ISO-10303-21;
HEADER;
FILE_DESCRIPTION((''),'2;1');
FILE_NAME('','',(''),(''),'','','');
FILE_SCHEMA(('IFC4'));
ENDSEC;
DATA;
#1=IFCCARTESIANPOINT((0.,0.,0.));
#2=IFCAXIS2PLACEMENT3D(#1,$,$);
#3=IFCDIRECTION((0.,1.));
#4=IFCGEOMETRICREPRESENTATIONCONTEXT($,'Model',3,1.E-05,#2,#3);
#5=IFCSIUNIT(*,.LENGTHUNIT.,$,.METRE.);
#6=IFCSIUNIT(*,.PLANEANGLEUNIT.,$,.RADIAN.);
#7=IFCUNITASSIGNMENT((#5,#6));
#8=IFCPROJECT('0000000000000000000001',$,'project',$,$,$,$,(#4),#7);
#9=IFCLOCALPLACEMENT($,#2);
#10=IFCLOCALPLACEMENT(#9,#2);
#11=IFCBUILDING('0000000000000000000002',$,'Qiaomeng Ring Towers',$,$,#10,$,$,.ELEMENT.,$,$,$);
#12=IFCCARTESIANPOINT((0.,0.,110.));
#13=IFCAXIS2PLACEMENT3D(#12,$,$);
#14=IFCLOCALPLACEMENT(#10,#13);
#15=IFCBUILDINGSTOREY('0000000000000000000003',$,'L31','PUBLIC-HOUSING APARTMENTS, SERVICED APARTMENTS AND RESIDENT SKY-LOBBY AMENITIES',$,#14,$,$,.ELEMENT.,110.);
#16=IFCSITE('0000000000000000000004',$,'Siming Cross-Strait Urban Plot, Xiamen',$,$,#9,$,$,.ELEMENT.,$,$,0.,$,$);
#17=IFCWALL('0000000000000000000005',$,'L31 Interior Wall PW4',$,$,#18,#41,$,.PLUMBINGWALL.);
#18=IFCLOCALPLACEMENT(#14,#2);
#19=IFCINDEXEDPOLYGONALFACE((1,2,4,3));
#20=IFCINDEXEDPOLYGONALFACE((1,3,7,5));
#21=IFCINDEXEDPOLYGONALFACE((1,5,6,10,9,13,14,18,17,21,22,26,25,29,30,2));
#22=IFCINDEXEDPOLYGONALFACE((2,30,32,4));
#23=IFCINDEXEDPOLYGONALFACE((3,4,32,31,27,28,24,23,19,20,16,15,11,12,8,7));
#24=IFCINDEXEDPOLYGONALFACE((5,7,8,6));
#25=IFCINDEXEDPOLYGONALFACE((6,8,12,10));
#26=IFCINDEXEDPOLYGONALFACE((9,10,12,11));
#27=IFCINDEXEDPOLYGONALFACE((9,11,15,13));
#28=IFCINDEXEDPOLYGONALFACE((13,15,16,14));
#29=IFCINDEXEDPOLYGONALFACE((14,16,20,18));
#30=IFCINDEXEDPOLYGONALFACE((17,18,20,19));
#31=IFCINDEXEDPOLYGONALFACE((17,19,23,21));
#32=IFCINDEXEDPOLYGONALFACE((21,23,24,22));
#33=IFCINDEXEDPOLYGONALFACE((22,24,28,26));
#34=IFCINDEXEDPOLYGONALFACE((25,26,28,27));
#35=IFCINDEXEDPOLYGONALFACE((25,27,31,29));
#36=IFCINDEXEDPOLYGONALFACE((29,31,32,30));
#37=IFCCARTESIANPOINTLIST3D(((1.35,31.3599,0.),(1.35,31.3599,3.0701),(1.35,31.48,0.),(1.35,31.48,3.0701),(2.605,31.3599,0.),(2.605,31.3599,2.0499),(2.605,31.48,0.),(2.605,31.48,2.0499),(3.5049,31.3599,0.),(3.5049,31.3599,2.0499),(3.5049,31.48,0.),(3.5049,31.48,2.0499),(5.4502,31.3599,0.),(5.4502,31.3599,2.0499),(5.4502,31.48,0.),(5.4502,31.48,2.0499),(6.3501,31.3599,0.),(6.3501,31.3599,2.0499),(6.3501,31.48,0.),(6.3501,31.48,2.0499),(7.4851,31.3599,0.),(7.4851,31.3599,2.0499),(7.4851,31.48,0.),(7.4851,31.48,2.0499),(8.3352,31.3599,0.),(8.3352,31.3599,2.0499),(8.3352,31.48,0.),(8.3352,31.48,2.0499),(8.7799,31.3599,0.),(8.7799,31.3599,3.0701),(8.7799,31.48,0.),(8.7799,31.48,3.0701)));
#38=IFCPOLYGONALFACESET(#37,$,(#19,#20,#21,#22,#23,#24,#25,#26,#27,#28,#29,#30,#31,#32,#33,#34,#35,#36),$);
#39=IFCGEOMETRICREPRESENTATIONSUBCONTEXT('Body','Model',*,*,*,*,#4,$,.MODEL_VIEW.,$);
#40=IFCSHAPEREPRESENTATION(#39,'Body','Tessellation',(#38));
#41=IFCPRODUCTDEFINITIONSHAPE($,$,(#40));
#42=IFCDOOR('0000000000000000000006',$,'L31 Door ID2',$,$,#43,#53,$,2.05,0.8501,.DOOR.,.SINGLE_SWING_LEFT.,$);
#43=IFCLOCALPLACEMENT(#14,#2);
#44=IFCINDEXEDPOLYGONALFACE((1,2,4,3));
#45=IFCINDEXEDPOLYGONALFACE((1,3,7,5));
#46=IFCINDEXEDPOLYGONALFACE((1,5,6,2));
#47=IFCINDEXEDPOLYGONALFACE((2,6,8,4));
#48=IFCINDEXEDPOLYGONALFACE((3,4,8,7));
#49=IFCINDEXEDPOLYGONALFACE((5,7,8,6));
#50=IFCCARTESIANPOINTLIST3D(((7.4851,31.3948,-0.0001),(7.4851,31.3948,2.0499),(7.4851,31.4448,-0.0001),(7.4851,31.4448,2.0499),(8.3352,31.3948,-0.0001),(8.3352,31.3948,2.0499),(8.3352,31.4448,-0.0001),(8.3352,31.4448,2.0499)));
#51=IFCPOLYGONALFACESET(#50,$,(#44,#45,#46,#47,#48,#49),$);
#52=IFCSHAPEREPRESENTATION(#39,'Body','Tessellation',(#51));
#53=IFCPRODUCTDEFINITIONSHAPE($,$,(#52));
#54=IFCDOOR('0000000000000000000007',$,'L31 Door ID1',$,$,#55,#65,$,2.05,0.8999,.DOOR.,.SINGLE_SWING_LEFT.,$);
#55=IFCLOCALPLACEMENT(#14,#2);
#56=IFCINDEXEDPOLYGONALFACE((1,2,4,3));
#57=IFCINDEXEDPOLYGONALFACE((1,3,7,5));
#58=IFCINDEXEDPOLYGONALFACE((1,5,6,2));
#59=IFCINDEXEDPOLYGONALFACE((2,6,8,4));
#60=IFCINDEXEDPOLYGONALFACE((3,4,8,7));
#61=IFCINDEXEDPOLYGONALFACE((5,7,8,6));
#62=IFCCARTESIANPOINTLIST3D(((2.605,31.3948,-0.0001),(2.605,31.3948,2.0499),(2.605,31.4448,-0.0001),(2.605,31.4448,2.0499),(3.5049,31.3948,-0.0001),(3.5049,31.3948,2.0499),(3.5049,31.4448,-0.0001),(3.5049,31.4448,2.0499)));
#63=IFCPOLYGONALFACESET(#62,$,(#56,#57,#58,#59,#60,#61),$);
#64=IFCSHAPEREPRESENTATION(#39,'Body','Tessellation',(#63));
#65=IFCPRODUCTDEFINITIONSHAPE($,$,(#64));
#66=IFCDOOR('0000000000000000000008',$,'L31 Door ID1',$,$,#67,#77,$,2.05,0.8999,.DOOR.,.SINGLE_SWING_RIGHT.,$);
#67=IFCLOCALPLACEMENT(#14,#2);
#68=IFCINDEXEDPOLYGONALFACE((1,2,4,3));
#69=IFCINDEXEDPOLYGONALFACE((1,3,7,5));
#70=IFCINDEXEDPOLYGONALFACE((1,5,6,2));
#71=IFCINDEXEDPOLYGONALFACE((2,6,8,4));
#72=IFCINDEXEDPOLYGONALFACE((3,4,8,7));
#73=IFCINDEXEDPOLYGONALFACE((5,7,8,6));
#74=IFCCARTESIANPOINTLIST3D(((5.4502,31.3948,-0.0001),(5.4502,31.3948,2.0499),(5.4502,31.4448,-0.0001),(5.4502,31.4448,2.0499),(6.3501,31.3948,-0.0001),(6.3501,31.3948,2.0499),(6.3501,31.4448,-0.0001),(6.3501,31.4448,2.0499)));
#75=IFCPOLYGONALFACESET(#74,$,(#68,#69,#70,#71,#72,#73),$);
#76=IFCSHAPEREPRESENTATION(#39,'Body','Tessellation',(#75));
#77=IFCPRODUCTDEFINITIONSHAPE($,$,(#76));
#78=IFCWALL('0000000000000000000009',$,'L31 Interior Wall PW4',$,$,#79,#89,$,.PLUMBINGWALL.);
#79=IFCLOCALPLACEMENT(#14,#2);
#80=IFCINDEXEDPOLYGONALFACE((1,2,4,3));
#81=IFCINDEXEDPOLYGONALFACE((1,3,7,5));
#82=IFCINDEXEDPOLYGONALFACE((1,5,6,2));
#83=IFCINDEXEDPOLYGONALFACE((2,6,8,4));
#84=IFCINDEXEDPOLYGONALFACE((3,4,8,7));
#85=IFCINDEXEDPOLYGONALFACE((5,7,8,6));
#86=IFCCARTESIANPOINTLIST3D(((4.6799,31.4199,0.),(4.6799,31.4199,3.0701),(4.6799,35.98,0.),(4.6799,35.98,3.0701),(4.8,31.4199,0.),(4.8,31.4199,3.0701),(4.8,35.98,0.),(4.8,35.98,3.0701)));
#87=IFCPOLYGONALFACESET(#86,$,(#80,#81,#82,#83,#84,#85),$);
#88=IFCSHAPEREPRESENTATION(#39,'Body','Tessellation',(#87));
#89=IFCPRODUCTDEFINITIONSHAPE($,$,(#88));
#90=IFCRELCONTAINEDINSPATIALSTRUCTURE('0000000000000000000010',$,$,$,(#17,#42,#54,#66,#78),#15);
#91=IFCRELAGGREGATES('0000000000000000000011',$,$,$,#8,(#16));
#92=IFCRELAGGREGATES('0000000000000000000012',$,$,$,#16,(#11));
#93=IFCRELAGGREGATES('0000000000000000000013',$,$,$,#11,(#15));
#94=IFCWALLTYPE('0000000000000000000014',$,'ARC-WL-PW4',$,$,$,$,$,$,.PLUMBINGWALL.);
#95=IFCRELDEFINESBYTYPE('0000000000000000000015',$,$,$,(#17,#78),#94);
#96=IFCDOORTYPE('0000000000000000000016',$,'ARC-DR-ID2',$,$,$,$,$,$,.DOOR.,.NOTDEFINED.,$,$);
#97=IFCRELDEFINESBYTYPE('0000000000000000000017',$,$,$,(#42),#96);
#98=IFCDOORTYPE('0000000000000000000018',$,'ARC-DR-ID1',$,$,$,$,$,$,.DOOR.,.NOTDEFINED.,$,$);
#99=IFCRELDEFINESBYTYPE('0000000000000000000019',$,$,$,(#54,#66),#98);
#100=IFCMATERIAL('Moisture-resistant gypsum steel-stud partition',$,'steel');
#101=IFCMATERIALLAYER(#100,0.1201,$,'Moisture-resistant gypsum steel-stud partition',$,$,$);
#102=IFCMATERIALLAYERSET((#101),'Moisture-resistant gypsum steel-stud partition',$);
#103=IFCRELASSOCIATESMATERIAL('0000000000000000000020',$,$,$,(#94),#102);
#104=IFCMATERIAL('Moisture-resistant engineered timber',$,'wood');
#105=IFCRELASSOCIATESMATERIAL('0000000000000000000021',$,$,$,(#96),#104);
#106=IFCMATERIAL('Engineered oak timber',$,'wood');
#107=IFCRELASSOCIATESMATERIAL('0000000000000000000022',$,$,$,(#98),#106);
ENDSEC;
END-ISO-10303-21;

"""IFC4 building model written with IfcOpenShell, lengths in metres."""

from ifc_helpers import new_model, si_unit, direction, frame, frame_2d, origin, place, context, subcontext, project, spatial, rectangle, extrude, source, transform, mapped, material, layer, layer_set, type_object, element, fill, save


model = new_model("IFC4")

# Units and contexts
model_context = context("Model", 3, precision=1e-05, world=origin(), true_north=direction((0.0, 1.0)))
body_context = subcontext(model_context, "Body", "Model", "MODEL_VIEW")
ifc_project = project(units=[si_unit("LENGTHUNIT", "METRE"), si_unit("PLANEANGLEUNIT", "RADIAN")], contexts=[model_context])

# Site, building, storey
site_placement = place(None, origin())
site = spatial("IfcSite", under=ifc_project, at=site_placement, Name="Siming Cross-Strait Urban Plot, Xiamen", CompositionType="ELEMENT", RefElevation=0.0)
building_placement = place(site_placement, origin())
building = spatial("IfcBuilding", under=site, at=building_placement, Name="Qiaomeng Ring Towers", CompositionType="ELEMENT")
storey_placement = place(building_placement, frame((0.0, 0.0, 110.0)))
storey = spatial("IfcBuildingStorey", under=building, at=storey_placement, Name="L31", Description="PUBLIC-HOUSING APARTMENTS, SERVICED APARTMENTS AND RESIDENT SKY-LOBBY AMENITIES", CompositionType="ELEMENT", Elevation=110.0)

# Wall, openings, doors
ifc_material_1 = material(Name="Moisture-resistant gypsum steel-stud partition", Category="steel")
ifc_layer_1 = layer(ifc_material_1, 0.1201, Name="Moisture-resistant gypsum steel-stud partition")
ifc_layer_set_1 = layer_set([ifc_layer_1], Name="Moisture-resistant gypsum steel-stud partition")
wall_type_1 = type_object("IfcWallType", Name="ARC-WL-PW4", PredefinedType="PLUMBINGWALL", material=ifc_layer_set_1)
wall_1_placement = place(storey_placement, frame((1.3501, 31.4199, 0.0), z_axis=(0.0, 0.0, 1.0), x_axis=(1.0, 0.0, 0.0)))
wall_1 = element("IfcWall", 1, at=wall_1_placement, inside=storey, type_object=wall_type_1, Name="L31 Interior Wall PW4", PredefinedType="PLUMBINGWALL", context=body_context, shape_type="SweptSolid", body=[
    extrude(rectangle(XDim=7.4299, YDim=0.1201, at=frame_2d((3.7148, 0.0))), origin(), (0.0, 0.0, 1.0), 3.0701),
])
opening_1_placement = place(wall_1_placement, frame((1.2549, 0.0, 0.0)))
opening_1 = element("IfcOpeningElement", 2, at=opening_1_placement, cuts=wall_1, PredefinedType="OPENING", context=body_context, shape_type="SweptSolid", body=[
    extrude(rectangle(XDim=0.8999, YDim=2.05, at=frame_2d((0.45, 1.0249))), frame((0.0, 0.0701, 0.0), z_axis=(0.0, -1.0, 0.0), x_axis=(1.0, 0.0, 0.0)), (0.0, 0.0, 1.0), 0.1401),
])
opening_2_placement = place(wall_1_placement, frame((4.1001, 0.0, 0.0)))
opening_2 = element("IfcOpeningElement", 3, at=opening_2_placement, cuts=wall_1, PredefinedType="OPENING", context=body_context, shape_type="SweptSolid", body=[
    extrude(rectangle(XDim=0.8999, YDim=2.05, at=frame_2d((0.45, 1.0249))), frame((0.0, 0.0701, 0.0), z_axis=(0.0, -1.0, 0.0), x_axis=(1.0, 0.0, 0.0)), (0.0, 0.0, 1.0), 0.1401),
])
opening_3_placement = place(wall_1_placement, frame((6.135, 0.0, 0.0)))
opening_3 = element("IfcOpeningElement", 4, at=opening_3_placement, cuts=wall_1, PredefinedType="OPENING", context=body_context, shape_type="SweptSolid", body=[
    extrude(rectangle(XDim=0.8501, YDim=2.05, at=frame_2d((0.425, 1.0249))), frame((0.0, 0.0701, 0.0), z_axis=(0.0, -1.0, 0.0), x_axis=(1.0, 0.0, 0.0)), (0.0, 0.0, 1.0), 0.1401),
])
ifc_material_2 = material(Name="Moisture-resistant engineered timber", Category="wood")
door_type_1 = type_object("IfcDoorType", Name="ARC-DR-ID2", OperationType="NOTDEFINED", PredefinedType="DOOR", material=ifc_material_2)
shared_shape_1 = source(origin(), body_context, "Body", "SweptSolid", [
    extrude(rectangle(XDim=0.8501, YDim=2.05, at=frame_2d((0.425, 1.0249))), frame((0.0, 0.0249, 0.0), z_axis=(0.0, -1.0, 0.0), x_axis=(1.0, 0.0, 0.0)), (0.0, 0.0, 1.0), 0.05),
])
door_1_placement = place(opening_3_placement, origin())
door_1 = element("IfcDoor", 5, at=door_1_placement, inside=storey, type_object=door_type_1, Name="L31 Door ID2", OperationType="SINGLE_SWING_LEFT", OverallHeight=2.05, OverallWidth=0.8501, PredefinedType="DOOR", context=body_context, shape_type="MappedRepresentation", body=[
    mapped(shared_shape_1, transform((0.0, 0.0, 0.0), x_axis=(1.0, 0.0, 0.0), y_axis=(0.0, 1.0, 0.0), z_axis=(0.0, 0.0, 1.0), scale=1.0)),
])
fill(opening_3, door_1)
ifc_material_3 = material(Name="Engineered oak timber", Category="wood")
door_type_2 = type_object("IfcDoorType", Name="ARC-DR-ID1", OperationType="NOTDEFINED", PredefinedType="DOOR", material=ifc_material_3)
shared_shape_2 = source(origin(), body_context, "Body", "SweptSolid", [
    extrude(rectangle(XDim=0.8999, YDim=2.05, at=frame_2d((0.45, 1.0249))), frame((0.0, 0.0249, 0.0), z_axis=(0.0, -1.0, 0.0), x_axis=(1.0, 0.0, 0.0)), (0.0, 0.0, 1.0), 0.05),
])
door_2_placement = place(opening_1_placement, origin())
door_2 = element("IfcDoor", 6, at=door_2_placement, inside=storey, type_object=door_type_2, Name="L31 Door ID1", OperationType="SINGLE_SWING_LEFT", OverallHeight=2.05, OverallWidth=0.8999, PredefinedType="DOOR", context=body_context, shape_type="MappedRepresentation", body=[
    mapped(shared_shape_2, transform((0.0, 0.0, 0.0), x_axis=(1.0, 0.0, 0.0), y_axis=(0.0, 1.0, 0.0), z_axis=(0.0, 0.0, 1.0), scale=1.0)),
])
fill(opening_1, door_2)
door_3_placement = place(opening_2_placement, origin())
door_3 = element("IfcDoor", 7, at=door_3_placement, inside=storey, type_object=door_type_2, Name="L31 Door ID1", OperationType="SINGLE_SWING_RIGHT", OverallHeight=2.05, OverallWidth=0.8999, PredefinedType="DOOR", context=body_context, shape_type="MappedRepresentation", body=[
    mapped(shared_shape_2, transform((0.0, 0.0, 0.0), x_axis=(1.0, 0.0, 0.0), y_axis=(0.0, 1.0, 0.0), z_axis=(0.0, 0.0, 1.0), scale=1.0)),
])
fill(opening_2, door_3)

# Wall
wall_2_placement = place(storey_placement, frame((4.74, 31.4199, 0.0), z_axis=(0.0, 0.0, 1.0), x_axis=(0.0, 1.0, 0.0)))
element("IfcWall", 8, at=wall_2_placement, inside=storey, type_object=wall_type_1, Name="L31 Interior Wall PW4", PredefinedType="PLUMBINGWALL", context=body_context, shape_type="SweptSolid", body=[
    extrude(rectangle(XDim=4.5601, YDim=0.1201, at=frame_2d((2.28, 0.0))), origin(), (0.0, 0.0, 1.0), 3.0701),
])

save(model, "model.ifc")
